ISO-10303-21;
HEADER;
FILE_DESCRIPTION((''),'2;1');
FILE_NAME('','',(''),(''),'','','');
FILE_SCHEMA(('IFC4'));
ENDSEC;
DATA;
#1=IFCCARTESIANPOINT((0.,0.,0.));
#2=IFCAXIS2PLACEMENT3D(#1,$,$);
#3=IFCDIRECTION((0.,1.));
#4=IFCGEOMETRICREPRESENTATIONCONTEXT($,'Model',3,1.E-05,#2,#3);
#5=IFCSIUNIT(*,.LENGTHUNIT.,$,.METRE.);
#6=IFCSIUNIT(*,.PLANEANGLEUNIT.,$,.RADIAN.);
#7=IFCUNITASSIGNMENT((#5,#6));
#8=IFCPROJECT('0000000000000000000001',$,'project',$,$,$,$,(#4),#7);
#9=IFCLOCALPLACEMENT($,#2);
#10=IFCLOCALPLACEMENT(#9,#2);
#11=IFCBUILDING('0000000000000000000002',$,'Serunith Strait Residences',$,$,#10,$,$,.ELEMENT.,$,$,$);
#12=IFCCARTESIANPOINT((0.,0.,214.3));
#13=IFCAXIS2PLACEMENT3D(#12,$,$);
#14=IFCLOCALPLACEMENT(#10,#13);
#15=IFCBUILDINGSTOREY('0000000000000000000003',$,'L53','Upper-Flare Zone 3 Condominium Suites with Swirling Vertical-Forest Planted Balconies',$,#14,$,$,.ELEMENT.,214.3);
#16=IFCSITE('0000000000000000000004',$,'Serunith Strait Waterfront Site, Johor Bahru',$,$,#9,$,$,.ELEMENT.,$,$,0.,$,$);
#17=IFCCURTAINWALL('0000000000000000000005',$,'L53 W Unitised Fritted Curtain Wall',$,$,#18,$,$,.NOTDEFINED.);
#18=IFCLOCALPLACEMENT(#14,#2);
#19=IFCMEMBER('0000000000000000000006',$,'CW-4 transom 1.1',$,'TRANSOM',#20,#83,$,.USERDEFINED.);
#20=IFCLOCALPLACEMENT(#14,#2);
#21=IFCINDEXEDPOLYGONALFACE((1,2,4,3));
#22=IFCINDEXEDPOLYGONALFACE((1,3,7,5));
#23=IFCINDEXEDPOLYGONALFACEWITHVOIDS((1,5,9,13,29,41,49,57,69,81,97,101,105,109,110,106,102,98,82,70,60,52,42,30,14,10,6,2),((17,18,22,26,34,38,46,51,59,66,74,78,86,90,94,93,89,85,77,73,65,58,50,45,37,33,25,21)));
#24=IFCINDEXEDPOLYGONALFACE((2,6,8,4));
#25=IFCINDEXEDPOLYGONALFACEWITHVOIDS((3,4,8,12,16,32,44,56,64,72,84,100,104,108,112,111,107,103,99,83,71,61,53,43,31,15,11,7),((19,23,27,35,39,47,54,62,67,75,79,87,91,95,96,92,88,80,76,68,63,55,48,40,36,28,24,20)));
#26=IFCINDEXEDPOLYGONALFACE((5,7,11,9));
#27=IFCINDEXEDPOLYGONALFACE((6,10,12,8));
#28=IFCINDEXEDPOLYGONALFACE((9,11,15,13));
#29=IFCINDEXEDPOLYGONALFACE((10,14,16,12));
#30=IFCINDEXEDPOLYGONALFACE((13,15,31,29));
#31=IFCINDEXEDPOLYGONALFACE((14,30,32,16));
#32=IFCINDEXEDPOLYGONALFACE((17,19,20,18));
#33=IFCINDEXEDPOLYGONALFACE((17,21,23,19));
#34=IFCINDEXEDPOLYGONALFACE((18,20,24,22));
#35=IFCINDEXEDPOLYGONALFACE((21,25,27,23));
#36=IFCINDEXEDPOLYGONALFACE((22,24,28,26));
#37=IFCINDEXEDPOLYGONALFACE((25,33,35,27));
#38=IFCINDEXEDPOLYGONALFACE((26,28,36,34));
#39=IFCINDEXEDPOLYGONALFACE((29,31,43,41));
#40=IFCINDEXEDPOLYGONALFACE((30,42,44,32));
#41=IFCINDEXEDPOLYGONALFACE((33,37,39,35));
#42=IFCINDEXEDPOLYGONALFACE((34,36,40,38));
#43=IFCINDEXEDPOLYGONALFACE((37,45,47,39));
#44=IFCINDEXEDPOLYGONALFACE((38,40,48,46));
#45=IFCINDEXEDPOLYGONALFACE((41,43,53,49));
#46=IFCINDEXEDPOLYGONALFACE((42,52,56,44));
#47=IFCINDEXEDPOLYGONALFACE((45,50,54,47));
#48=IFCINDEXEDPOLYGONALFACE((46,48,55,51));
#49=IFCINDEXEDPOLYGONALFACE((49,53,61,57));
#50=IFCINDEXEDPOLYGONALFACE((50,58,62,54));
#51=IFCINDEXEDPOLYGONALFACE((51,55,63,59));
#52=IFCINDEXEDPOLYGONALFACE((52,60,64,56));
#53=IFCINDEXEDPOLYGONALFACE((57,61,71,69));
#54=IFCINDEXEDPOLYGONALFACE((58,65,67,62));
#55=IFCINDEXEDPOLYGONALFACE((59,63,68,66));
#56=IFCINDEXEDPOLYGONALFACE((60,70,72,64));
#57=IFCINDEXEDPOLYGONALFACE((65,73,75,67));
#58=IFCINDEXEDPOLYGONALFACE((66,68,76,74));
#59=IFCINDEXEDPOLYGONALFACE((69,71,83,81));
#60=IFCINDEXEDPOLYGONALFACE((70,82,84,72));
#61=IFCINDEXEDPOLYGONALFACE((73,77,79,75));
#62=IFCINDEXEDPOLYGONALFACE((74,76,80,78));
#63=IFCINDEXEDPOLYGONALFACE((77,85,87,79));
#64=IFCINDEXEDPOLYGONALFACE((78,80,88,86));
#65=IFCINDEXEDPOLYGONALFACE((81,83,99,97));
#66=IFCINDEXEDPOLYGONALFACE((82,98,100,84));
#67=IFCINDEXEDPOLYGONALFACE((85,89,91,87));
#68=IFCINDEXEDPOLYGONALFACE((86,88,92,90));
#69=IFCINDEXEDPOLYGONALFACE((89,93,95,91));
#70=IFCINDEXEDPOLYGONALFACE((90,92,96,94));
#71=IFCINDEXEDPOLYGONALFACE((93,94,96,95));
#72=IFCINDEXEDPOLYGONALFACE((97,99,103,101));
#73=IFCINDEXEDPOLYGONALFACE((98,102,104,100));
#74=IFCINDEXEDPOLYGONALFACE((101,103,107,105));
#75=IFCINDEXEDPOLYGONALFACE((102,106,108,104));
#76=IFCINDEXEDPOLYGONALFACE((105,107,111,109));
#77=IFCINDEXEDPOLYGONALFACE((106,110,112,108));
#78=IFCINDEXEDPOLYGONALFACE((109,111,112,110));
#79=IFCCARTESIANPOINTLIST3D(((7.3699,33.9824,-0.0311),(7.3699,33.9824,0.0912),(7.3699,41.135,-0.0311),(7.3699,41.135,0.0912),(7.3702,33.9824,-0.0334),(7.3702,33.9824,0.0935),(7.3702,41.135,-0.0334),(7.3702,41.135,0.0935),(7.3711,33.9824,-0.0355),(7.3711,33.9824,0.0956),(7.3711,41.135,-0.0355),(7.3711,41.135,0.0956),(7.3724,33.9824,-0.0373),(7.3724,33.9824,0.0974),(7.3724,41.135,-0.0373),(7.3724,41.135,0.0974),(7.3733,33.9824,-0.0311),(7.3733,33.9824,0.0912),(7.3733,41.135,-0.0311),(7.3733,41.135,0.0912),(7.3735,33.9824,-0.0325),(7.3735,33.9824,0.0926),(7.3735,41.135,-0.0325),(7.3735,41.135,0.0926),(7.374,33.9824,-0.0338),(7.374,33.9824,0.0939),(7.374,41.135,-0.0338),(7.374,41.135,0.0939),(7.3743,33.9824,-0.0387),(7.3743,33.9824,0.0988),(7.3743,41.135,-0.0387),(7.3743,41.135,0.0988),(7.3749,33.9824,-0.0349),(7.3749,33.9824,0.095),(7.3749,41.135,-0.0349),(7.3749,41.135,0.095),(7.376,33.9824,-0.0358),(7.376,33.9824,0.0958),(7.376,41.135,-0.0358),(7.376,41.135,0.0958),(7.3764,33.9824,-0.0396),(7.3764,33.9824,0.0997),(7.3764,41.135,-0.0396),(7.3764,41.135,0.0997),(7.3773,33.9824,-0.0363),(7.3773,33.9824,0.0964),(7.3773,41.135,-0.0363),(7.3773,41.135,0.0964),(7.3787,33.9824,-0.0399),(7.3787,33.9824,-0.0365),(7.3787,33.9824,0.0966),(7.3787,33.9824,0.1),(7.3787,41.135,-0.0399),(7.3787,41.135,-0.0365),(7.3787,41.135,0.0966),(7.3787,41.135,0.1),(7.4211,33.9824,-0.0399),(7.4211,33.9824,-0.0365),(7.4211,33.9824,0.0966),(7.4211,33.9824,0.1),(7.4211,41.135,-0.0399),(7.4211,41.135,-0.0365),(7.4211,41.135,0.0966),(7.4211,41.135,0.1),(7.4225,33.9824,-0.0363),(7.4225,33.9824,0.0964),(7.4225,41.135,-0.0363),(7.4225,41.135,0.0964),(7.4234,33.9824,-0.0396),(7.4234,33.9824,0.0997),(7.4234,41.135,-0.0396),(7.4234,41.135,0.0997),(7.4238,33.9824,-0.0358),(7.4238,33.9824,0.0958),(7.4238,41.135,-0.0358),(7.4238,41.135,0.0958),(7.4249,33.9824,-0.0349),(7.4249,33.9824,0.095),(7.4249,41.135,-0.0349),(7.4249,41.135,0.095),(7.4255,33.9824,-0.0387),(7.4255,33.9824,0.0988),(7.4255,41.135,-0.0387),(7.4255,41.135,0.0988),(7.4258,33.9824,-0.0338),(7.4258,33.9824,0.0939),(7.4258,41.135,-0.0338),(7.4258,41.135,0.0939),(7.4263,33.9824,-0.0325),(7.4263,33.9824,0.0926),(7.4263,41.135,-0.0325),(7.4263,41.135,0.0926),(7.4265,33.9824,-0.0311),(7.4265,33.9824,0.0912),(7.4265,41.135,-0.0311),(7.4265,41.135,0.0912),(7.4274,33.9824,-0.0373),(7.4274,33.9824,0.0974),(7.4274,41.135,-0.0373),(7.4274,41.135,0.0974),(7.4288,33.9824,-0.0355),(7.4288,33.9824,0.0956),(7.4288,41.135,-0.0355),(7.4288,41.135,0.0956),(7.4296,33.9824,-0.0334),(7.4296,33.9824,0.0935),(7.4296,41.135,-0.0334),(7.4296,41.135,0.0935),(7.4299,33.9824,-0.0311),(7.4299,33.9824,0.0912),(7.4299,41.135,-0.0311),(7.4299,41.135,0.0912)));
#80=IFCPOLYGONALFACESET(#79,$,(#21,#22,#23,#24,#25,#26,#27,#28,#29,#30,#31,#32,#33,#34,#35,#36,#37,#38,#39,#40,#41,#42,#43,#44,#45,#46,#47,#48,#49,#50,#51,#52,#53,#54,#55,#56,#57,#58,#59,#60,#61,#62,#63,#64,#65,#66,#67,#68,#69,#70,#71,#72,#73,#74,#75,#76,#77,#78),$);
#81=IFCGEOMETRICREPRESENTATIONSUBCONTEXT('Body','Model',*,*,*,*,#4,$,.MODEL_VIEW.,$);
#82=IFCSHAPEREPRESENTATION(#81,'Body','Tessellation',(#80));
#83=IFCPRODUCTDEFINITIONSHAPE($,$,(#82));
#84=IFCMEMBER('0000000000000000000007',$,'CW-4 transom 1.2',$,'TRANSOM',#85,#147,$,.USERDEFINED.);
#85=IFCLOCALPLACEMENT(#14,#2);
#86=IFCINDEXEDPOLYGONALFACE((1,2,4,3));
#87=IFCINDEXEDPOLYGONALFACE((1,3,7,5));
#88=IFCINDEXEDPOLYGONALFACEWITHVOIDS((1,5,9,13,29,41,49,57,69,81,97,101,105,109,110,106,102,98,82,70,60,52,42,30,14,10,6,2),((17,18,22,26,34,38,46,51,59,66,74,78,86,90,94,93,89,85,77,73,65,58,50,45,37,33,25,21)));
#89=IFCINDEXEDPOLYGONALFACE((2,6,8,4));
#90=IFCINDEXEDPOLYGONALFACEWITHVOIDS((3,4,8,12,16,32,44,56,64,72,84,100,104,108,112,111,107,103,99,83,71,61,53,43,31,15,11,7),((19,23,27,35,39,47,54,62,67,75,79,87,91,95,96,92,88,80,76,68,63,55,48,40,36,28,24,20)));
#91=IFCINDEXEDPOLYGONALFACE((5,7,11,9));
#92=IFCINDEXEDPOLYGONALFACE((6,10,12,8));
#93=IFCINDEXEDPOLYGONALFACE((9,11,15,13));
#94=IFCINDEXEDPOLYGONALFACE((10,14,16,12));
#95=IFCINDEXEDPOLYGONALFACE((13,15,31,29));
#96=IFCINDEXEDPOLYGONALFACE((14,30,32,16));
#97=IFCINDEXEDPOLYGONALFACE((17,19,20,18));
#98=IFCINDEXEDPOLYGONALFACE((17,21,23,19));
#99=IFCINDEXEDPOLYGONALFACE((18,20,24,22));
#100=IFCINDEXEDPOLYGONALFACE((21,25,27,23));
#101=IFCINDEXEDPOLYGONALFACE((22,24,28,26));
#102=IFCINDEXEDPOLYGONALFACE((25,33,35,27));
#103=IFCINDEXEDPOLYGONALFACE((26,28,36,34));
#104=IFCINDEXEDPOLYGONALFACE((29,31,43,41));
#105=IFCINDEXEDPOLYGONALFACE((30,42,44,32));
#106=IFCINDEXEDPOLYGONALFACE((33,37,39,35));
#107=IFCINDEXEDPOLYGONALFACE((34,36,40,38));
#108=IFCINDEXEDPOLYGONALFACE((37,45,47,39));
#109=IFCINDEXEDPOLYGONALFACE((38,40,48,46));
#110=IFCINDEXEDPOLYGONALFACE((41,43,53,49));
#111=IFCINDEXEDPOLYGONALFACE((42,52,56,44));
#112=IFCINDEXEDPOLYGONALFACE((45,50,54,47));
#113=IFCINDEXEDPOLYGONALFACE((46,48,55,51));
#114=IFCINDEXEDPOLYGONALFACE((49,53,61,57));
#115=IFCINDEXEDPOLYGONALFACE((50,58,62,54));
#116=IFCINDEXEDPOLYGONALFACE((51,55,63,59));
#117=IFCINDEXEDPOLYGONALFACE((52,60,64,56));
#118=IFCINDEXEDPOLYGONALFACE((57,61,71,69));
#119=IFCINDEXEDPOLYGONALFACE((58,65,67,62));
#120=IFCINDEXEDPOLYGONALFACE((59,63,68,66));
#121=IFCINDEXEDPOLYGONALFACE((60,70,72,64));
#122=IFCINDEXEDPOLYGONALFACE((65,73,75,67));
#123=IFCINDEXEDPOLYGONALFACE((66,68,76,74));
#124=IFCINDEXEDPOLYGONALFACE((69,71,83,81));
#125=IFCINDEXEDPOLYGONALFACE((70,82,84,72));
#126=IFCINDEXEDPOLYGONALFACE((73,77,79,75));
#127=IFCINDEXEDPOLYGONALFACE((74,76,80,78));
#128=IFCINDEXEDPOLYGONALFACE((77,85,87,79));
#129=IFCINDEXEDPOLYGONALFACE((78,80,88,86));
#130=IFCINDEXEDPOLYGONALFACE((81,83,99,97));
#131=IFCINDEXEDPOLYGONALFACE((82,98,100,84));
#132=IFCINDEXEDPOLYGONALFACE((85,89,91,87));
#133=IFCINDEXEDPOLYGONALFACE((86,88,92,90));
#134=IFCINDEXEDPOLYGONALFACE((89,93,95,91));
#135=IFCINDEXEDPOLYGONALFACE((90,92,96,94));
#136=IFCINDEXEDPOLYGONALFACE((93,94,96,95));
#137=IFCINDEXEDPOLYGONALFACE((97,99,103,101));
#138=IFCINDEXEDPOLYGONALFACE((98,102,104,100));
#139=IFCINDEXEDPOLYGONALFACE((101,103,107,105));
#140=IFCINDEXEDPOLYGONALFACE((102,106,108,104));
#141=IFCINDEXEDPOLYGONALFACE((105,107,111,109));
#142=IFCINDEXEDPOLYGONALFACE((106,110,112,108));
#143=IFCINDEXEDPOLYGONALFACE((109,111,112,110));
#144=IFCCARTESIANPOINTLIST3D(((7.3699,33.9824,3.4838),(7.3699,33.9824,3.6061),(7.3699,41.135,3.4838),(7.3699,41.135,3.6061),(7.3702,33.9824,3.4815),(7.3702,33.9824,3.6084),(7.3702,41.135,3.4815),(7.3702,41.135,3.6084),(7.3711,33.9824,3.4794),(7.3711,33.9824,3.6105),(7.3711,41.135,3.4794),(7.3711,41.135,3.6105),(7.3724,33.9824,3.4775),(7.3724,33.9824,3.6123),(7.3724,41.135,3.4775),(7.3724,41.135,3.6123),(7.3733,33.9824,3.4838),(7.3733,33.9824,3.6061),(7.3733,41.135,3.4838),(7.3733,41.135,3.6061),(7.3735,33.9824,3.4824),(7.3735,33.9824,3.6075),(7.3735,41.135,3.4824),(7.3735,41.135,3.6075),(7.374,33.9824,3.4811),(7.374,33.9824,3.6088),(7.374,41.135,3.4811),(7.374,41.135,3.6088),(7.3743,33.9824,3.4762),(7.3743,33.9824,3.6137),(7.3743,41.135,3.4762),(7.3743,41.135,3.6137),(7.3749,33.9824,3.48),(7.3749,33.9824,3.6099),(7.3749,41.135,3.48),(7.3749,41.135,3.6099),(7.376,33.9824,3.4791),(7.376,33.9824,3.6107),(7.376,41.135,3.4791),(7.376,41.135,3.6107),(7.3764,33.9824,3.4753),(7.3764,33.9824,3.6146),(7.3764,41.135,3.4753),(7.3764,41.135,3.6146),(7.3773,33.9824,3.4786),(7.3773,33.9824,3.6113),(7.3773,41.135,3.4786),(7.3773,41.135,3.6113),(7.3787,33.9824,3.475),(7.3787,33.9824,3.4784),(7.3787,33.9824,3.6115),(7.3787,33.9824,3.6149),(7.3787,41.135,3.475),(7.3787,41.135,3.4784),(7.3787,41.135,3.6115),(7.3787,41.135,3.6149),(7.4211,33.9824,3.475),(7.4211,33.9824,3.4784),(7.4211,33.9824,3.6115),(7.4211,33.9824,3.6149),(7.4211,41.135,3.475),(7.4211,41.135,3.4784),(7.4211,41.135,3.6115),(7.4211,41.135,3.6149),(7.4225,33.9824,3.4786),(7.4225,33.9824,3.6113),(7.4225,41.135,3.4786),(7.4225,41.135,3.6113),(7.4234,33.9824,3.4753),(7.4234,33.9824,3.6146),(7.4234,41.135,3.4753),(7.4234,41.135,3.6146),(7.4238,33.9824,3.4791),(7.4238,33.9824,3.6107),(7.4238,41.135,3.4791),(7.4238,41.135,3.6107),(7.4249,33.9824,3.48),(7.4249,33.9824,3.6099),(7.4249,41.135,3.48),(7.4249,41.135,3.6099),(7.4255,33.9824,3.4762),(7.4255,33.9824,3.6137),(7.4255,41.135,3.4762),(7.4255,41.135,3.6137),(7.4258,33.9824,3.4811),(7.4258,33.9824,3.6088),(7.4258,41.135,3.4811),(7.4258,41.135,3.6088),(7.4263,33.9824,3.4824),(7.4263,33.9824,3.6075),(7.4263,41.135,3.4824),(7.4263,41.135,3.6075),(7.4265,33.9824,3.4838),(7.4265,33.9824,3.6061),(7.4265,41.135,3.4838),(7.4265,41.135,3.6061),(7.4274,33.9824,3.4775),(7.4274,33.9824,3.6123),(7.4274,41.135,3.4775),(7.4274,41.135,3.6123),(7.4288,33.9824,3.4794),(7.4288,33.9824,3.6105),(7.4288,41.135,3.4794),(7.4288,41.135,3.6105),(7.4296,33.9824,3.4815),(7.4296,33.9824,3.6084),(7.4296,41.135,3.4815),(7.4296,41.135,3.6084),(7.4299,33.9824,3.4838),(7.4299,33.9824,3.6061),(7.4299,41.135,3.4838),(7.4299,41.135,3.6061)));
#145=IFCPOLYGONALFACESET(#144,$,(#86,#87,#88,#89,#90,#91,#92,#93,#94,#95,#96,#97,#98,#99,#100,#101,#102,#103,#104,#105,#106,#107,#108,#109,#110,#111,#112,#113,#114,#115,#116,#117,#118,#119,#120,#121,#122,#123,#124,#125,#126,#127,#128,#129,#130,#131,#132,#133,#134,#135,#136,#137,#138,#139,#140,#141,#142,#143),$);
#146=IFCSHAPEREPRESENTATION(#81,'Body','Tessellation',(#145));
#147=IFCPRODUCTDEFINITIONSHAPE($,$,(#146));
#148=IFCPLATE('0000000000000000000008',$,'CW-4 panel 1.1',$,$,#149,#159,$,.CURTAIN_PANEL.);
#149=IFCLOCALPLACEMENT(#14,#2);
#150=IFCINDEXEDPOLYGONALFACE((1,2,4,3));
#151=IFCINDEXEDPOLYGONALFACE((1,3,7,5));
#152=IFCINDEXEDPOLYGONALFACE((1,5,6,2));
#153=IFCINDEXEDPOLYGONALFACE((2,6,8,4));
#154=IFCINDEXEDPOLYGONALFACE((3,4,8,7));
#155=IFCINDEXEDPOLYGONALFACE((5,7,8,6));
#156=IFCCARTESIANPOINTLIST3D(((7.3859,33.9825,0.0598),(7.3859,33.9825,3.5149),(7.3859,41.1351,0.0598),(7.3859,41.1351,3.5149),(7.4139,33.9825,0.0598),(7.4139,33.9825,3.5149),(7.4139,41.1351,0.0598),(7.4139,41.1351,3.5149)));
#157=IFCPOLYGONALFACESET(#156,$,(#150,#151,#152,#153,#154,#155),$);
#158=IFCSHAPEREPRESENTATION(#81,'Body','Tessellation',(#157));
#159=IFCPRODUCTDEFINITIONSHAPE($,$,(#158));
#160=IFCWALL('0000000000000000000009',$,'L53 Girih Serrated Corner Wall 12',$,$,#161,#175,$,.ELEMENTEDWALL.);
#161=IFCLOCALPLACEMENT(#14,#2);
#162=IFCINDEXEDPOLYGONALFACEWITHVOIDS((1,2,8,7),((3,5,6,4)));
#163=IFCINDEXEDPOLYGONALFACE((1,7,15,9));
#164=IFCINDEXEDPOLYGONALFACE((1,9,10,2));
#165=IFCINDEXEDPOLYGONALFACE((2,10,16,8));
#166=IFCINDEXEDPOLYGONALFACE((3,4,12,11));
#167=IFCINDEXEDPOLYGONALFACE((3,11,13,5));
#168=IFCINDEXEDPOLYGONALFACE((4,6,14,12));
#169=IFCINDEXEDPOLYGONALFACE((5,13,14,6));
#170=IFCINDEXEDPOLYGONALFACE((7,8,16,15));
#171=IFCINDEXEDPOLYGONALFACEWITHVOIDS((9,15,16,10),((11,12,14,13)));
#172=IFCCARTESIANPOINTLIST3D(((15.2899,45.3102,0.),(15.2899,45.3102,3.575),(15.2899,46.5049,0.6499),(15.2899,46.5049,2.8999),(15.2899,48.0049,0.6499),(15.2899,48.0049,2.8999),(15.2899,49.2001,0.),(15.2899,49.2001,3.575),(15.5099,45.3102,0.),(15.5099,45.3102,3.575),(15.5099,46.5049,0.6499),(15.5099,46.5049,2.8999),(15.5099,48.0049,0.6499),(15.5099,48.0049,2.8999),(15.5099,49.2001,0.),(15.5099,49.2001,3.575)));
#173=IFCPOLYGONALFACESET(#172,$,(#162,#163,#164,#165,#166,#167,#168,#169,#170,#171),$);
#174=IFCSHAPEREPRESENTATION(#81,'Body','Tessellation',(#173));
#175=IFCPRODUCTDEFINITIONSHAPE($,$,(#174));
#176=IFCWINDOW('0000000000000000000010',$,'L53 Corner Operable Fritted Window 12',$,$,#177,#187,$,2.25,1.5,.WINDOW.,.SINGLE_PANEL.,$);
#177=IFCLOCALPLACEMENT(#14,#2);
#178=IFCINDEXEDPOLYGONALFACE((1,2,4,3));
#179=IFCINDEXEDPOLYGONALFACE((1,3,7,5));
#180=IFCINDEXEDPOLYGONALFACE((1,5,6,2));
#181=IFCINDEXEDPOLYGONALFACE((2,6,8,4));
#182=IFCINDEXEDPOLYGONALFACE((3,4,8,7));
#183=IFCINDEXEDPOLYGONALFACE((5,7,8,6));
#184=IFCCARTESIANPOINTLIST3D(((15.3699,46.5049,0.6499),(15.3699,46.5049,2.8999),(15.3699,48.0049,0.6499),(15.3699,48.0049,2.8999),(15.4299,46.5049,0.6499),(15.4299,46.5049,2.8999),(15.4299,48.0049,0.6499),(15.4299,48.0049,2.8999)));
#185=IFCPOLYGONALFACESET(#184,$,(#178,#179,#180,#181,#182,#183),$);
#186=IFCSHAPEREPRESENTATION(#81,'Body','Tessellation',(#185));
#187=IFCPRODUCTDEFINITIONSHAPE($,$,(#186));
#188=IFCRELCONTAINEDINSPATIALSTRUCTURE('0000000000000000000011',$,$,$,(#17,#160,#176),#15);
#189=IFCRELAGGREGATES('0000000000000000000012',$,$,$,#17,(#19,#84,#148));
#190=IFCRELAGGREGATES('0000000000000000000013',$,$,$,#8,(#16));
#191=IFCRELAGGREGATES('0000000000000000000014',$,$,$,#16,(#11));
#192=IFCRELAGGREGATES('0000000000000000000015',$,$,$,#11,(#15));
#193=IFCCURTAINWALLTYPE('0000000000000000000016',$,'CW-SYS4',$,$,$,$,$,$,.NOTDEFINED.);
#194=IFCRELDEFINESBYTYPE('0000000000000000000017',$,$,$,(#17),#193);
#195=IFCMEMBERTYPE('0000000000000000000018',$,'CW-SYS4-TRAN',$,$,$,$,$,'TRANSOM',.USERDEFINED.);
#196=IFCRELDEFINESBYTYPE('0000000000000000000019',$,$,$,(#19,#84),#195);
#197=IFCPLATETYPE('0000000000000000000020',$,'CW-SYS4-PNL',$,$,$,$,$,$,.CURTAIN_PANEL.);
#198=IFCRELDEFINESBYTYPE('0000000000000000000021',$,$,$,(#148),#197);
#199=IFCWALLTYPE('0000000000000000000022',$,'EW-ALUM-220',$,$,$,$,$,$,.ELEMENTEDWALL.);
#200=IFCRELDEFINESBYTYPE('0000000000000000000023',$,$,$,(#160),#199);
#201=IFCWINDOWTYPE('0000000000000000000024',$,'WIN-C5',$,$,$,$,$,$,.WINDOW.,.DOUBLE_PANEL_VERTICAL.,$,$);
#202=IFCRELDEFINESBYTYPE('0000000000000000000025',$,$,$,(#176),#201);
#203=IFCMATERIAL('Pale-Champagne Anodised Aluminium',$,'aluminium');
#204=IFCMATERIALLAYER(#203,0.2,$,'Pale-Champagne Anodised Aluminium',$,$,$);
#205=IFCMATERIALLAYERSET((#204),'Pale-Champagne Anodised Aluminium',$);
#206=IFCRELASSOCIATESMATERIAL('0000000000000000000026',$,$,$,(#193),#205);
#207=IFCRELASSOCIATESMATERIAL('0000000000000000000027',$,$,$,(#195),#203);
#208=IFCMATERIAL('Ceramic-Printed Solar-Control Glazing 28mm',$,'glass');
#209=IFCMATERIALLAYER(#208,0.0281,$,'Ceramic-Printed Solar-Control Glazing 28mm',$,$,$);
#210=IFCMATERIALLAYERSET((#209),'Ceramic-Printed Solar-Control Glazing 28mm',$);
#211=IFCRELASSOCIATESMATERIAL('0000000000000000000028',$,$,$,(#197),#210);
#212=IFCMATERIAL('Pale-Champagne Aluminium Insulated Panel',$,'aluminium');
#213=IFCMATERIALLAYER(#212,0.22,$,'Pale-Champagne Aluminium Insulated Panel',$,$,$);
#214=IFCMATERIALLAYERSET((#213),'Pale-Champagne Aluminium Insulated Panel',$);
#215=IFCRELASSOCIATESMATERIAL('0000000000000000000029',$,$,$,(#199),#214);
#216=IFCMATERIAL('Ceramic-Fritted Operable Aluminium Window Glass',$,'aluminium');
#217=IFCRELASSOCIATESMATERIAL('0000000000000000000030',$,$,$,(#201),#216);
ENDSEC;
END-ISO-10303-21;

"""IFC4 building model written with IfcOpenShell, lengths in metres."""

from ifc_helpers import new_model, si_unit, direction, frame, frame_2d, origin, origin_2d, place, context, subcontext, project, spatial, rectangle, hollow_rectangle, extrude, source, transform, mapped, material, layer, layer_set, material_profile, profile_set, type_object, element, fill, aggregate, save


model = new_model("IFC4")

# Units and contexts
model_context = context("Model", 3, precision=1e-05, world=origin(), true_north=direction((0.0, 1.0)))
body_context = subcontext(model_context, "Body", "Model", "MODEL_VIEW")
ifc_project = project(units=[si_unit("LENGTHUNIT", "METRE"), si_unit("PLANEANGLEUNIT", "RADIAN")], contexts=[model_context])

# Site, building, storey
site_placement = place(None, origin())
site = spatial("IfcSite", under=ifc_project, at=site_placement, Name="Serunith Strait Waterfront Site, Johor Bahru", CompositionType="ELEMENT", RefElevation=0.0)
building_placement = place(site_placement, origin())
building = spatial("IfcBuilding", under=site, at=building_placement, Name="Serunith Strait Residences", CompositionType="ELEMENT")
storey_placement = place(building_placement, frame((0.0, 0.0, 214.3)))
storey = spatial("IfcBuildingStorey", under=building, at=storey_placement, Name="L53", Description="Upper-Flare Zone 3 Condominium Suites with Swirling Vertical-Forest Planted Balconies", CompositionType="ELEMENT", Elevation=214.3)

# Shared definitions
ifc_material_1 = material(Name="Pale-Champagne Anodised Aluminium", Category="aluminium")
ifc_layer_1 = layer(ifc_material_1, 0.2, Name="Pale-Champagne Anodised Aluminium")
ifc_layer_set_1 = layer_set([ifc_layer_1], Name="Pale-Champagne Anodised Aluminium")
curtain_wall_type = type_object("IfcCurtainWallType", Name="CW-SYS4", PredefinedType="NOTDEFINED", material=ifc_layer_set_1)

# Curtain wall, members, plate
curtain_wall_1_placement = place(storey_placement, origin())
curtain_wall_1 = element("IfcCurtainWall", 1, at=curtain_wall_1_placement, inside=storey, type_object=curtain_wall_type, Name="L53 W Unitised Fritted Curtain Wall", PredefinedType="NOTDEFINED")
ifc_material_profile_1 = material_profile(ifc_material_1, hollow_rectangle(XDim=0.0601, YDim=0.1399, WallThickness=0.0034, InnerFilletRadius=0.0054, OuterFilletRadius=0.0088, at=origin_2d()), Name="ALU 140x60x3.5")
ifc_profile_set_1 = profile_set([ifc_material_profile_1], Name="Pale-Champagne Anodised Aluminium")
member_type_1 = type_object("IfcMemberType", Name="CW-SYS4-TRAN", ElementType="TRANSOM", PredefinedType="USERDEFINED", material=ifc_profile_set_1)
shared_shape_1 = source(origin(), body_context, "Body", "SweptSolid", [
    extrude(hollow_rectangle(XDim=0.0601, YDim=0.1399, WallThickness=0.0034, InnerFilletRadius=0.0054, OuterFilletRadius=0.0088, at=origin_2d()), origin(), (0.0, 0.0, 1.0), 7.1526),
])
member_1_placement = place(storey_placement, frame((7.3999, 41.135, 0.03), z_axis=(0.0, -1.0, 0.0), x_axis=(1.0, 0.0, 0.0)))
member_1 = element("IfcMember", 2, at=member_1_placement, type_object=member_type_1, Name="CW-4 transom 1.1", ObjectType="TRANSOM", PredefinedType="USERDEFINED", context=body_context, shape_type="MappedRepresentation", body=[
    mapped(shared_shape_1, transform((0.0, 0.0, 0.0), scale=1.0)),
])
member_2_placement = place(storey_placement, frame((7.3999, 41.135, 3.5449), z_axis=(0.0, -1.0, 0.0), x_axis=(1.0, 0.0, 0.0)))
member_2 = element("IfcMember", 3, at=member_2_placement, type_object=member_type_1, Name="CW-4 transom 1.2", ObjectType="TRANSOM", PredefinedType="USERDEFINED", context=body_context, shape_type="MappedRepresentation", body=[
    mapped(shared_shape_1, transform((0.0, 0.0, 0.0), scale=1.0)),
])
ifc_material_2 = material(Name="Ceramic-Printed Solar-Control Glazing 28mm", Category="glass")
ifc_layer_2 = layer(ifc_material_2, 0.0281, Name="Ceramic-Printed Solar-Control Glazing 28mm")
ifc_layer_set_2 = layer_set([ifc_layer_2], Name="Ceramic-Printed Solar-Control Glazing 28mm")
plate_type = type_object("IfcPlateType", Name="CW-SYS4-PNL", PredefinedType="CURTAIN_PANEL", material=ifc_layer_set_2)
shared_shape_2 = source(origin(), body_context, "Body", "SweptSolid", [
    extrude(rectangle(XDim=7.1526, YDim=0.0281, at=origin_2d()), origin(), (0.0, 0.0, 1.0), 3.4551),
])
plate_placement = place(storey_placement, frame((7.3999, 37.5588, 0.0598), z_axis=(0.0, 0.0, 1.0), x_axis=(0.0, -1.0, 0.0)))
plate = element("IfcPlate", 4, at=plate_placement, type_object=plate_type, Name="CW-4 panel 1.1", PredefinedType="CURTAIN_PANEL", context=body_context, shape_type="MappedRepresentation", body=[
    mapped(shared_shape_2, transform((0.0, 0.0, 0.0), scale=1.0)),
])
aggregate(curtain_wall_1, [member_1, member_2, plate])

# Wall, opening, window
ifc_material_3 = material(Name="Pale-Champagne Aluminium Insulated Panel", Category="aluminium")
ifc_layer_3 = layer(ifc_material_3, 0.22, Name="Pale-Champagne Aluminium Insulated Panel")
ifc_layer_set_3 = layer_set([ifc_layer_3], Name="Pale-Champagne Aluminium Insulated Panel")
wall_type_1 = type_object("IfcWallType", Name="EW-ALUM-220", PredefinedType="ELEMENTEDWALL", material=ifc_layer_set_3)
wall_1_placement = place(storey_placement, frame((15.3999, 49.2, 0.0), z_axis=(0.0, 0.0, 1.0), x_axis=(0.0, -1.0, 0.0)))
wall_1 = element("IfcWall", 5, at=wall_1_placement, inside=storey, type_object=wall_type_1, Name="L53 Girih Serrated Corner Wall 12", PredefinedType="ELEMENTEDWALL", context=body_context, shape_type="SweptSolid", body=[
    extrude(rectangle(XDim=3.8899, YDim=0.22, at=frame_2d((1.9448, 0.0))), origin(), (0.0, 0.0, 1.0), 3.575),
])
opening_1_placement = place(wall_1_placement, frame((1.1951, 0.0, 0.6499)))
opening_1 = element("IfcOpeningElement", 6, at=opening_1_placement, cuts=wall_1, PredefinedType="OPENING", context=body_context, shape_type="SweptSolid", body=[
    extrude(rectangle(XDim=1.5, YDim=2.25, at=frame_2d((0.75, 1.125))), frame((0.0, 0.1201, 0.0), z_axis=(0.0, -1.0, 0.0), x_axis=(1.0, 0.0, 0.0)), (0.0, 0.0, 1.0), 0.24),
])
ifc_material_4 = material(Name="Ceramic-Fritted Operable Aluminium Window Glass", Category="aluminium")
window_type = type_object("IfcWindowType", Name="WIN-C5", PartitioningType="DOUBLE_PANEL_VERTICAL", PredefinedType="WINDOW", material=ifc_material_4)
shared_shape_3 = source(origin(), body_context, "Body", "SweptSolid", [
    extrude(rectangle(XDim=1.5, YDim=2.25, at=frame_2d((0.75, 1.125))), frame((0.0, 0.03, 0.0), z_axis=(0.0, -1.0, 0.0), x_axis=(1.0, 0.0, 0.0)), (0.0, 0.0, 1.0), 0.0601),
])
window_1_placement = place(opening_1_placement, origin())
window_1 = element("IfcWindow", 7, at=window_1_placement, inside=storey, type_object=window_type, Name="L53 Corner Operable Fritted Window 12", OverallHeight=2.25, OverallWidth=1.5, PartitioningType="SINGLE_PANEL", PredefinedType="WINDOW", context=body_context, shape_type="MappedRepresentation", body=[
    mapped(shared_shape_3, transform((0.0, 0.0, 0.0), scale=1.0)),
])
fill(opening_1, window_1)

save(model, "model.ifc")
